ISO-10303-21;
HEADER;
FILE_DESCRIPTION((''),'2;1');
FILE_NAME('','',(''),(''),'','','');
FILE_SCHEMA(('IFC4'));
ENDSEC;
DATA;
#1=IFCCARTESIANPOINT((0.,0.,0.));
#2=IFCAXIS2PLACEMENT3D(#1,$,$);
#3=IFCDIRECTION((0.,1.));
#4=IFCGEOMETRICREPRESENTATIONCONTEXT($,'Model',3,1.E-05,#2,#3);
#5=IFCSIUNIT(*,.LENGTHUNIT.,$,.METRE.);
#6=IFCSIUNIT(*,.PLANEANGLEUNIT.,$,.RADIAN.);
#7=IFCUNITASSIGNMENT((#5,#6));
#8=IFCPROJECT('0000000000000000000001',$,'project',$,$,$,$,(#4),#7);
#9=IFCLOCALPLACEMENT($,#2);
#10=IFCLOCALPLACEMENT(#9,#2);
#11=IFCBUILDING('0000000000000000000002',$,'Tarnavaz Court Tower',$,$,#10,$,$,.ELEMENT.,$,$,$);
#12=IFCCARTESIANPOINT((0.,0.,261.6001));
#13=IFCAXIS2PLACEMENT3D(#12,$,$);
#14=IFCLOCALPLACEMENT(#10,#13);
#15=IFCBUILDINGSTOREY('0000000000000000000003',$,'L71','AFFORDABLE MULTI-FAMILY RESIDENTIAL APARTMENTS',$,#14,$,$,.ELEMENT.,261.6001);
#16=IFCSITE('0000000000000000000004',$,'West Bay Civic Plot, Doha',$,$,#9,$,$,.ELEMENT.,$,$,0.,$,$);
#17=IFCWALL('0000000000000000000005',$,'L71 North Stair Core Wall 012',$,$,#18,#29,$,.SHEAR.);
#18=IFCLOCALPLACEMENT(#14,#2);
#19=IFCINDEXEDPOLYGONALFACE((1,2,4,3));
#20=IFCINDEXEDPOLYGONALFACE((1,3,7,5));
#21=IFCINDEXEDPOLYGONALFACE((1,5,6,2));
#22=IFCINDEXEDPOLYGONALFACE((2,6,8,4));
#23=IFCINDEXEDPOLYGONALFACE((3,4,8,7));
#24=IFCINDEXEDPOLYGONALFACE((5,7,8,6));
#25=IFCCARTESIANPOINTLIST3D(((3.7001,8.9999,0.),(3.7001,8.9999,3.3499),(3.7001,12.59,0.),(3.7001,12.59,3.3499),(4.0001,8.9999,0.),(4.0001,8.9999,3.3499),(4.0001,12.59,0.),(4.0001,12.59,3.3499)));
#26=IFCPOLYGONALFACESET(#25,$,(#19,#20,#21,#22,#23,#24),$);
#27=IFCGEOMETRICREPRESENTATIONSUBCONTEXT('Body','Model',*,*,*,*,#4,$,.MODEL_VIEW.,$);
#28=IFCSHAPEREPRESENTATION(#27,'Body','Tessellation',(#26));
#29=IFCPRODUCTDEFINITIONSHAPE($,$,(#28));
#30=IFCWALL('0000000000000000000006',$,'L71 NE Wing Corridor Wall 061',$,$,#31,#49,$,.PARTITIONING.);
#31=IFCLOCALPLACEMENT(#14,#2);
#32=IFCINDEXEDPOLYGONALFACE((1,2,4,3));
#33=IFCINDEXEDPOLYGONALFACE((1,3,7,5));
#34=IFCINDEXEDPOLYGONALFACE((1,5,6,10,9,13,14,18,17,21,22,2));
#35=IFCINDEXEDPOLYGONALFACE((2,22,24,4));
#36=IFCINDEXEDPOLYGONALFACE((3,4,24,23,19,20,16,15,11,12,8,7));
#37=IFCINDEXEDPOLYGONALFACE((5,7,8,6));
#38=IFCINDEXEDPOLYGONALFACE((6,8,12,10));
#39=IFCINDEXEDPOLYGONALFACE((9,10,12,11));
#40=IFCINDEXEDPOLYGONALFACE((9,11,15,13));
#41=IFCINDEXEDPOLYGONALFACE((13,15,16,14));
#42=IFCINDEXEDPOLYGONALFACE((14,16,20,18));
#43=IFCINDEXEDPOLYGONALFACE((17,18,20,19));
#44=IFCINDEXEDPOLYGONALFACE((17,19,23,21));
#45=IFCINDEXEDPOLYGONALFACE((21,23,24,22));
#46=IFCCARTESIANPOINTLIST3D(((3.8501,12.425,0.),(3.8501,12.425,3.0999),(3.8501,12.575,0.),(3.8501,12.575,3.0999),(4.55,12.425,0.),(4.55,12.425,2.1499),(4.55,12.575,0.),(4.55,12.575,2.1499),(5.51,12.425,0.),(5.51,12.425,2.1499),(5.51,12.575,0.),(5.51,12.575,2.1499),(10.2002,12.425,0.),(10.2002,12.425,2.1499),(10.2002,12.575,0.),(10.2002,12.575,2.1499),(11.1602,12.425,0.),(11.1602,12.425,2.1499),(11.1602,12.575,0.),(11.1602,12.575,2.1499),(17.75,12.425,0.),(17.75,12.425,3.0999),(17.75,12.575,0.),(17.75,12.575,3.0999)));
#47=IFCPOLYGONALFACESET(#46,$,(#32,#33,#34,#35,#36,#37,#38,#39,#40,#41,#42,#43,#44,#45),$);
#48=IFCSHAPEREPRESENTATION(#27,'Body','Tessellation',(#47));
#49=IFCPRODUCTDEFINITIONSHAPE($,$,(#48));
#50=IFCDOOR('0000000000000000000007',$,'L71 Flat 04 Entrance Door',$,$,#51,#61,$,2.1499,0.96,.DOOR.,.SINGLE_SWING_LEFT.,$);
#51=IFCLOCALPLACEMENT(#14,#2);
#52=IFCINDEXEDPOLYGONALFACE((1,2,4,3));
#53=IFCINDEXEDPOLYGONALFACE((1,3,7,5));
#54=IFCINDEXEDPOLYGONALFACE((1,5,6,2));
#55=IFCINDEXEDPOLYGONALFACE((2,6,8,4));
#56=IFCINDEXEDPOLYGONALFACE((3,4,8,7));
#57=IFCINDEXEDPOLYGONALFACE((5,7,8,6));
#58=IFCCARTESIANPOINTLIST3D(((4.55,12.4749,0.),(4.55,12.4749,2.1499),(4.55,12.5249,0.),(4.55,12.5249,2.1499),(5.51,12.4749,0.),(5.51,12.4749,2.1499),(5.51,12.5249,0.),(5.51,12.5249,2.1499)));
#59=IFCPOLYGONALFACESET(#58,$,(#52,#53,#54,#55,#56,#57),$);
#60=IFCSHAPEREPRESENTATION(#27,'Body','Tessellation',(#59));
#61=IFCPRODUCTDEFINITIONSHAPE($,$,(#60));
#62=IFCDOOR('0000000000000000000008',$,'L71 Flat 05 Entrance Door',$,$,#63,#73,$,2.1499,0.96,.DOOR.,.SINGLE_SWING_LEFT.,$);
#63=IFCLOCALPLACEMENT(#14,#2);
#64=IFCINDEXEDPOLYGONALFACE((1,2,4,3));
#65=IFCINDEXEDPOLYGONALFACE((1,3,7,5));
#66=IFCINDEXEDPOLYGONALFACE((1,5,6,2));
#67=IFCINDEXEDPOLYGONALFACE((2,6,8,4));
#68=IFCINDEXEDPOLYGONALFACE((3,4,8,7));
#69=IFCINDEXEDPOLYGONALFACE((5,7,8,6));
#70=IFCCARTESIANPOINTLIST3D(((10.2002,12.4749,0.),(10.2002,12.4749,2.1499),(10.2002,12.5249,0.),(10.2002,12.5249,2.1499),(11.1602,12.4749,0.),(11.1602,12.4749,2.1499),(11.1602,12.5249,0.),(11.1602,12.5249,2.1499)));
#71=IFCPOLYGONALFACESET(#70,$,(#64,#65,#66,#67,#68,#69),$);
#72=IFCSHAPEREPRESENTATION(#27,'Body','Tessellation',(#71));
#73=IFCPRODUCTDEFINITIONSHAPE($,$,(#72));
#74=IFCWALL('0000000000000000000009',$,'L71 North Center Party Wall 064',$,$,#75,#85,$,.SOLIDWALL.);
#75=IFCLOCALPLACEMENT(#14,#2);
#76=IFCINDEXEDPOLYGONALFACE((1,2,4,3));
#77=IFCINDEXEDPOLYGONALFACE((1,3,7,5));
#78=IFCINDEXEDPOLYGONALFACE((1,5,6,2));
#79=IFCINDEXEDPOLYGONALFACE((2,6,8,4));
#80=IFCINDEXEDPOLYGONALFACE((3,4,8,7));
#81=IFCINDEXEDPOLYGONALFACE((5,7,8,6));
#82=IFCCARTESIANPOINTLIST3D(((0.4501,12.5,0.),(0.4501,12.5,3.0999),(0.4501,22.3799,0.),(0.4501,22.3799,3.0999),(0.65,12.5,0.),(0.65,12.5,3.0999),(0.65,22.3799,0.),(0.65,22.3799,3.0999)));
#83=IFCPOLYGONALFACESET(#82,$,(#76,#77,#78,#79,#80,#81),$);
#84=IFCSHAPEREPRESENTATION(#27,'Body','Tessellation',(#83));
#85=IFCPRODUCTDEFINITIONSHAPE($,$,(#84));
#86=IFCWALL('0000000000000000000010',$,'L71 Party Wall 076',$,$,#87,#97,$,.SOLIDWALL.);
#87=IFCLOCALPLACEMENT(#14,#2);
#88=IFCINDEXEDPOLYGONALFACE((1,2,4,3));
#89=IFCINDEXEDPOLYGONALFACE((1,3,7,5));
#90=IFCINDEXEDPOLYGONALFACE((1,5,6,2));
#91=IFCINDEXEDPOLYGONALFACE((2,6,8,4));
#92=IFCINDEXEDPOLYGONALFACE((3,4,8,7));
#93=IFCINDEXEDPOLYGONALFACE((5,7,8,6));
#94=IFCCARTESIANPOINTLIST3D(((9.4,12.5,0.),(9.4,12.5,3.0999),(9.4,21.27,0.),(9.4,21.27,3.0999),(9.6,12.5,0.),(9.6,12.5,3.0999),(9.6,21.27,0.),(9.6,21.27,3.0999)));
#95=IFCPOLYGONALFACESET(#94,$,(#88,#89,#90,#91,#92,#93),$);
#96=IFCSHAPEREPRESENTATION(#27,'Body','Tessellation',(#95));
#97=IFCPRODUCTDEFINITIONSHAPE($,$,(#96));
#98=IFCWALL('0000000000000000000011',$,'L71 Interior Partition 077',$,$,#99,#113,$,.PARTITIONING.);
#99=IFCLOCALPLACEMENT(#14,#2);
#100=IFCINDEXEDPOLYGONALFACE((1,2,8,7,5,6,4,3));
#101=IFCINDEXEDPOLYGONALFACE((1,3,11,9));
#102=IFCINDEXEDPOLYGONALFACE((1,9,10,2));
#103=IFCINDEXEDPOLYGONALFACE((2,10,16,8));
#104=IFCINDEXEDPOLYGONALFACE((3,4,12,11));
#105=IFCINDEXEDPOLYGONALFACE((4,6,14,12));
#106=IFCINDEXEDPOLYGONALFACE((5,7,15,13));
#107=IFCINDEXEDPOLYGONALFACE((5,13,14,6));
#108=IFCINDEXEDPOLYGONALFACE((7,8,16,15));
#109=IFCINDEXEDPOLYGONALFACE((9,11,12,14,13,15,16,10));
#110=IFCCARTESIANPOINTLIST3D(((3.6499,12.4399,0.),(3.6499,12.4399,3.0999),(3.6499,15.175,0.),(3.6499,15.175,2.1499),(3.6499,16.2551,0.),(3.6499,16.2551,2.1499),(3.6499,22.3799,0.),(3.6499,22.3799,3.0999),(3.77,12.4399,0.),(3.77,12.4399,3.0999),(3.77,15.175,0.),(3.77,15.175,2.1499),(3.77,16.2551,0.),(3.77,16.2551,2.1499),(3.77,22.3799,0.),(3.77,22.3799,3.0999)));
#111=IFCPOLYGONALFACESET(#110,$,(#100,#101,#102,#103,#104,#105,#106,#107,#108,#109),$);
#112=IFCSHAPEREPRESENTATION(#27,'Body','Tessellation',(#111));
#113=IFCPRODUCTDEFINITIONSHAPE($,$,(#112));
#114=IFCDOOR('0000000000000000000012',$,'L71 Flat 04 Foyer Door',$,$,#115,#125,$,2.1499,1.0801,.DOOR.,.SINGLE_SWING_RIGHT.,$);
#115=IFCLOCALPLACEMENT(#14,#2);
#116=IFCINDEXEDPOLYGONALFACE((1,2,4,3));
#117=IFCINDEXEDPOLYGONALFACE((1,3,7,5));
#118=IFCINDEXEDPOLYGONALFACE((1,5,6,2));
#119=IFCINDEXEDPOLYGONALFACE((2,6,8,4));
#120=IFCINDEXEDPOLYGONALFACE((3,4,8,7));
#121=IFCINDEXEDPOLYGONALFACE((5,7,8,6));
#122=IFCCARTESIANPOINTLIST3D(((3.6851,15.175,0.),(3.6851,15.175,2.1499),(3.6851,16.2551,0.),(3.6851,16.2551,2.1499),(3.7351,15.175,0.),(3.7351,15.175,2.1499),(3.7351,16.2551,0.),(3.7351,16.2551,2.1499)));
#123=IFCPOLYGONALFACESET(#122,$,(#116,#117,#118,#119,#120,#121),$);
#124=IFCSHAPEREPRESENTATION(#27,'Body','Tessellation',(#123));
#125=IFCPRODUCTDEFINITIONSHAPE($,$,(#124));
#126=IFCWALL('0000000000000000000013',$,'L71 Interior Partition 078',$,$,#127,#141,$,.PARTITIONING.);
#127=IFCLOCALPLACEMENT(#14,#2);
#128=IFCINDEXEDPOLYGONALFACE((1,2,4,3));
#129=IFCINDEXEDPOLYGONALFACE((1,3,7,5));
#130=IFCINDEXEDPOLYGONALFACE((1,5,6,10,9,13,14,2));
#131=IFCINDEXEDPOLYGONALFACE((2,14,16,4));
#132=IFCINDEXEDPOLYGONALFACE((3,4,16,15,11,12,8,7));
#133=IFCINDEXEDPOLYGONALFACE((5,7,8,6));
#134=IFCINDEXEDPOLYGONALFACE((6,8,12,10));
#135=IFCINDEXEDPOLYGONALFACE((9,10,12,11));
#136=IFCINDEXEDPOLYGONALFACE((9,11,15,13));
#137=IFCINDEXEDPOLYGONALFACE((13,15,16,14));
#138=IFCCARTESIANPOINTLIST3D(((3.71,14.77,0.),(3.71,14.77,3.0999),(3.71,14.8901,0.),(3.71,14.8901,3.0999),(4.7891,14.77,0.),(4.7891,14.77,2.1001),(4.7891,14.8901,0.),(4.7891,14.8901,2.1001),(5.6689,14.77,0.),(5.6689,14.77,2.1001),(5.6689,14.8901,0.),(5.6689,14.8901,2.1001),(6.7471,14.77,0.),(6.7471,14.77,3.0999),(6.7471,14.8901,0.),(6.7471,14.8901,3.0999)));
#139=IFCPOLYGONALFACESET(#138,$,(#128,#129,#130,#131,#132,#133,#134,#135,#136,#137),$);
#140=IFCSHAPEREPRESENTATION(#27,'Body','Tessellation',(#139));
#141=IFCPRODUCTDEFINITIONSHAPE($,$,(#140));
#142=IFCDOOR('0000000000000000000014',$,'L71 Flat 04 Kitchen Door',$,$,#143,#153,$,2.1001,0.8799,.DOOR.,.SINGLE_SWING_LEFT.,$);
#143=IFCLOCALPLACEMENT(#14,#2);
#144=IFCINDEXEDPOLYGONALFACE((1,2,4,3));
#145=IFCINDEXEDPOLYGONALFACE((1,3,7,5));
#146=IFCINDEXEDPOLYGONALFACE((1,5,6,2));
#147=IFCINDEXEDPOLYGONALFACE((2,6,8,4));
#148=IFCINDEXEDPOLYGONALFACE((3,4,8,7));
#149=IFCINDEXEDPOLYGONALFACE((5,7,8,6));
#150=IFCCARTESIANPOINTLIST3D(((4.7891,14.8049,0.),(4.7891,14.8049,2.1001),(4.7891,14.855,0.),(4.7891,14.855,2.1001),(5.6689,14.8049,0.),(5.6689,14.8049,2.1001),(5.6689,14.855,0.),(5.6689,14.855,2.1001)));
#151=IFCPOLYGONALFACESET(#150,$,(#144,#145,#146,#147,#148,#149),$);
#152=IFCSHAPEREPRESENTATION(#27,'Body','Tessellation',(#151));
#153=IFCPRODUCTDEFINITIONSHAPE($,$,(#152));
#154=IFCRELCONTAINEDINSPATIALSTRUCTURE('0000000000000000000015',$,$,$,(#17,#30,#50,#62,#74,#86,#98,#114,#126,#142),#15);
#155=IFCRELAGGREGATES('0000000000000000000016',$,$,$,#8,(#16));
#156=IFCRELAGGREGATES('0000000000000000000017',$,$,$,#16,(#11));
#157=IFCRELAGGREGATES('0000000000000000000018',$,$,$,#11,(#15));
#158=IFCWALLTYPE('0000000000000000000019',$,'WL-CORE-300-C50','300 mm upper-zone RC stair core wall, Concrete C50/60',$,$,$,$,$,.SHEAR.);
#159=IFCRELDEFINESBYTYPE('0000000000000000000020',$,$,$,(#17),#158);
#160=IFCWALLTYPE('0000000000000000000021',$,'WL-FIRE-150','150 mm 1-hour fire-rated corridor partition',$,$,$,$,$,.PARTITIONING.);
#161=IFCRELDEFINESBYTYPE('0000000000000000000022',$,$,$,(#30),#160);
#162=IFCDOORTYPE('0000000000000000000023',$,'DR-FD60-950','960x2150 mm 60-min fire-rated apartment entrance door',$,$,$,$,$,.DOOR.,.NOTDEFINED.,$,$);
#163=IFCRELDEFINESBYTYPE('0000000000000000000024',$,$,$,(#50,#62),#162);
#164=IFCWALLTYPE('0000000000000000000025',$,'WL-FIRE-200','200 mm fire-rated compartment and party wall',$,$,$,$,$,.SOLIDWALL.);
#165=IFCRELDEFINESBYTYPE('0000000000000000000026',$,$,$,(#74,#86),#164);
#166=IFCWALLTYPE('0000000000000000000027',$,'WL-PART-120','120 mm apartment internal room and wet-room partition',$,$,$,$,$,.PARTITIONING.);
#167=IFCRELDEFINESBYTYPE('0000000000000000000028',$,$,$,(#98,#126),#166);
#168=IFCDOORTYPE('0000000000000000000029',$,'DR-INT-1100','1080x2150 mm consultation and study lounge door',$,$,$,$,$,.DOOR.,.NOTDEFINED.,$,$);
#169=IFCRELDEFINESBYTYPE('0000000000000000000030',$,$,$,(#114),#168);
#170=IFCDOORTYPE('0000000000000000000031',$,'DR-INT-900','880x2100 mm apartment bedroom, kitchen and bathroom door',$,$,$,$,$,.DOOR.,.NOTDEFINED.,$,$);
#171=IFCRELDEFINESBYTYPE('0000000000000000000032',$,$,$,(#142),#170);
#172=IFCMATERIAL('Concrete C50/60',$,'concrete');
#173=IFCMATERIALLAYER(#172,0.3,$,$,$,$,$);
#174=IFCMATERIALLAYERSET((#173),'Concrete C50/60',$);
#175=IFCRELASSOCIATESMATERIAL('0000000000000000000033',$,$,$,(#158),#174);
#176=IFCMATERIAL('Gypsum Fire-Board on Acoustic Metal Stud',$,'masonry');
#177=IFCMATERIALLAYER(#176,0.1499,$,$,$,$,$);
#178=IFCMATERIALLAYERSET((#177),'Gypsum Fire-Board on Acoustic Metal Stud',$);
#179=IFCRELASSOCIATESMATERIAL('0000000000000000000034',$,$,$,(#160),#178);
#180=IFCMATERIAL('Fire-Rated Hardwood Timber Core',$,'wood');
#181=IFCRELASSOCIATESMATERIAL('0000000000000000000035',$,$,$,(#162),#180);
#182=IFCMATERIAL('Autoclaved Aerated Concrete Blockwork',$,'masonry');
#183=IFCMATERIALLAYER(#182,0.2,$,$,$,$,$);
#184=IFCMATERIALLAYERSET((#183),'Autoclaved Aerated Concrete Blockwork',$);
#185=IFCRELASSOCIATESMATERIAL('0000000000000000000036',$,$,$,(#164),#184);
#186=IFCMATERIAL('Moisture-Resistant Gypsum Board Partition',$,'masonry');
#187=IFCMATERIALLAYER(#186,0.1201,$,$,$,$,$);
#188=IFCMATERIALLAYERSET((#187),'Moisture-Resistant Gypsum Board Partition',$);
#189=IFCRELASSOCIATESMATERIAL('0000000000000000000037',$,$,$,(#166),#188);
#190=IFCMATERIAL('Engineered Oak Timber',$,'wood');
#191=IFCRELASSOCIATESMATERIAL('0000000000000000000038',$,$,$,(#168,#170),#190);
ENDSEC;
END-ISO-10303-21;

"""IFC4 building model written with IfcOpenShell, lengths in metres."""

from ifc_helpers import new_model, si_unit, direction, frame, frame_2d, origin, place, context, subcontext, project, spatial, rectangle, extrude, material, layer, layer_set, type_object, element, fill, save


model = new_model("IFC4")

# Units and contexts
model_context = context("Model", 3, precision=1e-05, world=origin(), true_north=direction((0.0, 1.0)))
body_context = subcontext(model_context, "Body", "Model", "MODEL_VIEW")
ifc_project = project(units=[si_unit("LENGTHUNIT", "METRE"), si_unit("PLANEANGLEUNIT", "RADIAN")], contexts=[model_context])

# Site, building, storey
site_placement = place(None, origin())
site = spatial("IfcSite", under=ifc_project, at=site_placement, Name="West Bay Civic Plot, Doha", CompositionType="ELEMENT", RefElevation=0.0)
building_placement = place(site_placement, origin())
building = spatial("IfcBuilding", under=site, at=building_placement, Name="Tarnavaz Court Tower", CompositionType="ELEMENT")
storey_placement = place(building_placement, frame((0.0, 0.0, 261.6001)))
storey = spatial("IfcBuildingStorey", under=building, at=storey_placement, Name="L71", Description="AFFORDABLE MULTI-FAMILY RESIDENTIAL APARTMENTS", CompositionType="ELEMENT", Elevation=261.6001)

# Shared definitions
ifc_material_1 = material(Name="Concrete C50/60", Category="concrete")

# Shared definitions
ifc_layer_1 = layer(ifc_material_1, 0.3)
ifc_layer_set_1 = layer_set([ifc_layer_1], Name="Concrete C50/60")
wall_type_1 = type_object("IfcWallType", Name="WL-CORE-300-C50", Description="300 mm upper-zone RC stair core wall, Concrete C50/60", PredefinedType="SHEAR", material=ifc_layer_set_1)

# Shared definitions
ifc_material_2 = material(Name="Fire-Rated Hardwood Timber Core", Category="wood")

# Wall
wall_1_placement = place(storey_placement, frame((3.8501, 9.0, 0.0), z_axis=(0.0, 0.0, 1.0), x_axis=(0.0, 1.0, 0.0)))
element("IfcWall", 1, at=wall_1_placement, inside=storey, type_object=wall_type_1, Name="L71 North Stair Core Wall 012", PredefinedType="SHEAR", context=body_context, shape_type="SweptSolid", body=[
    extrude(rectangle(XDim=3.5901, YDim=0.3, at=frame_2d((1.7949, 0.0))), origin(), (0.0, 0.0, 1.0), 3.3499),
])

# Wall, openings, doors
ifc_material_3 = material(Name="Gypsum Fire-Board on Acoustic Metal Stud", Category="masonry")
ifc_layer_2 = layer(ifc_material_3, 0.1499)
ifc_layer_set_2 = layer_set([ifc_layer_2], Name="Gypsum Fire-Board on Acoustic Metal Stud")
wall_type_2 = type_object("IfcWallType", Name="WL-FIRE-150", Description="150 mm 1-hour fire-rated corridor partition", PredefinedType="PARTITIONING", material=ifc_layer_set_2)
wall_2_placement = place(storey_placement, frame((3.8501, 12.5, 0.0), z_axis=(0.0, 0.0, 1.0), x_axis=(1.0, 0.0, 0.0)))
wall_2 = element("IfcWall", 2, at=wall_2_placement, inside=storey, type_object=wall_type_2, Name="L71 NE Wing Corridor Wall 061", PredefinedType="PARTITIONING", context=body_context, shape_type="SweptSolid", body=[
    extrude(rectangle(XDim=13.8999, YDim=0.1499, at=frame_2d((6.95, 0.0))), origin(), (0.0, 0.0, 1.0), 3.0999),
])
opening_1_placement = place(wall_2_placement, frame((0.7, 0.0, 0.0)))
opening_1 = element("IfcOpeningElement", 3, at=opening_1_placement, cuts=wall_2, PredefinedType="OPENING", context=body_context, shape_type="SweptSolid", body=[
    extrude(rectangle(XDim=0.96, YDim=2.1499, at=frame_2d((0.48, 1.075))), frame((0.0, 0.085, 0.0), z_axis=(0.0, -1.0, 0.0), x_axis=(1.0, 0.0, 0.0)), (0.0, 0.0, 1.0), 0.1699),
])
opening_2_placement = place(wall_2_placement, frame((6.3501, 0.0, 0.0)))
opening_2 = element("IfcOpeningElement", 4, at=opening_2_placement, cuts=wall_2, PredefinedType="OPENING", context=body_context, shape_type="SweptSolid", body=[
    extrude(rectangle(XDim=0.96, YDim=2.1499, at=frame_2d((0.48, 1.075))), frame((0.0, 0.085, 0.0), z_axis=(0.0, -1.0, 0.0), x_axis=(1.0, 0.0, 0.0)), (0.0, 0.0, 1.0), 0.1699),
])
door_type_1 = type_object("IfcDoorType", Name="DR-FD60-950", Description="960x2150 mm 60-min fire-rated apartment entrance door", OperationType="NOTDEFINED", PredefinedType="DOOR", material=ifc_material_2)
door_1_placement = place(opening_1_placement, origin())
door_1 = element("IfcDoor", 5, at=door_1_placement, inside=storey, type_object=door_type_1, Name="L71 Flat 04 Entrance Door", OperationType="SINGLE_SWING_LEFT", OverallHeight=2.1499, OverallWidth=0.96, PredefinedType="DOOR", context=body_context, shape_type="SweptSolid", body=[
    extrude(rectangle(XDim=0.96, YDim=2.1499, at=frame_2d((0.48, 1.075))), frame((0.0, 0.0249, 0.0), z_axis=(0.0, -1.0, 0.0), x_axis=(1.0, 0.0, 0.0)), (0.0, 0.0, 1.0), 0.05),
])
fill(opening_1, door_1)
door_2_placement = place(opening_2_placement, origin())
door_2 = element("IfcDoor", 6, at=door_2_placement, inside=storey, type_object=door_type_1, Name="L71 Flat 05 Entrance Door", OperationType="SINGLE_SWING_LEFT", OverallHeight=2.1499, OverallWidth=0.96, PredefinedType="DOOR", context=body_context, shape_type="SweptSolid", body=[
    extrude(rectangle(XDim=0.96, YDim=2.1499, at=frame_2d((0.48, 1.075))), frame((0.0, 0.0249, 0.0), z_axis=(0.0, -1.0, 0.0), x_axis=(1.0, 0.0, 0.0)), (0.0, 0.0, 1.0), 0.05),
])
fill(opening_2, door_2)

# Walls
ifc_material_4 = material(Name="Autoclaved Aerated Concrete Blockwork", Category="masonry")
ifc_layer_3 = layer(ifc_material_4, 0.2)
ifc_layer_set_3 = layer_set([ifc_layer_3], Name="Autoclaved Aerated Concrete Blockwork")
wall_type_3 = type_object("IfcWallType", Name="WL-FIRE-200", Description="200 mm fire-rated compartment and party wall", PredefinedType="SOLIDWALL", material=ifc_layer_set_3)
wall_3_placement = place(storey_placement, frame((0.55, 12.5, 0.0), z_axis=(0.0, 0.0, 1.0), x_axis=(0.0, 1.0, 0.0)))
element("IfcWall", 7, at=wall_3_placement, inside=storey, type_object=wall_type_3, Name="L71 North Center Party Wall 064", PredefinedType="SOLIDWALL", context=body_context, shape_type="SweptSolid", body=[
    extrude(rectangle(XDim=9.8799, YDim=0.2, at=frame_2d((4.9399, 0.0))), origin(), (0.0, 0.0, 1.0), 3.0999),
])
wall_4_placement = place(storey_placement, frame((9.5, 12.5, 0.0), z_axis=(0.0, 0.0, 1.0), x_axis=(0.0, 1.0, 0.0)))
element("IfcWall", 8, at=wall_4_placement, inside=storey, type_object=wall_type_3, Name="L71 Party Wall 076", PredefinedType="SOLIDWALL", context=body_context, shape_type="SweptSolid", body=[
    extrude(rectangle(XDim=8.77, YDim=0.2, at=frame_2d((4.385, 0.0))), origin(), (0.0, 0.0, 1.0), 3.0999),
])

# Walls, openings, doors
ifc_material_5 = material(Name="Moisture-Resistant Gypsum Board Partition", Category="masonry")
ifc_layer_4 = layer(ifc_material_5, 0.1201)
ifc_layer_set_4 = layer_set([ifc_layer_4], Name="Moisture-Resistant Gypsum Board Partition")
wall_type_4 = type_object("IfcWallType", Name="WL-PART-120", Description="120 mm apartment internal room and wet-room partition", PredefinedType="PARTITIONING", material=ifc_layer_set_4)
wall_5_placement = place(storey_placement, frame((3.71, 12.4399, 0.0), z_axis=(0.0, 0.0, 1.0), x_axis=(0.0, 1.0, 0.0)))
wall_5 = element("IfcWall", 9, at=wall_5_placement, inside=storey, type_object=wall_type_4, Name="L71 Interior Partition 077", PredefinedType="PARTITIONING", context=body_context, shape_type="SweptSolid", body=[
    extrude(rectangle(XDim=9.9399, YDim=0.1201, at=frame_2d((4.97, 0.0))), origin(), (0.0, 0.0, 1.0), 3.0999),
])
opening_3_placement = place(wall_5_placement, frame((2.7351, 0.0, 0.0)))
opening_3 = element("IfcOpeningElement", 10, at=opening_3_placement, cuts=wall_5, PredefinedType="OPENING", context=body_context, shape_type="SweptSolid", body=[
    extrude(rectangle(XDim=1.0801, YDim=2.1499, at=frame_2d((0.54, 1.075))), frame((0.0, 0.0701, 0.0), z_axis=(0.0, -1.0, 0.0), x_axis=(1.0, 0.0, 0.0)), (0.0, 0.0, 1.0), 0.1401),
])
ifc_material_6 = material(Name="Engineered Oak Timber", Category="wood")
door_type_2 = type_object("IfcDoorType", Name="DR-INT-1100", Description="1080x2150 mm consultation and study lounge door", OperationType="NOTDEFINED", PredefinedType="DOOR", material=ifc_material_6)
door_3_placement = place(opening_3_placement, origin())
door_3 = element("IfcDoor", 11, at=door_3_placement, inside=storey, type_object=door_type_2, Name="L71 Flat 04 Foyer Door", OperationType="SINGLE_SWING_RIGHT", OverallHeight=2.1499, OverallWidth=1.0801, PredefinedType="DOOR", context=body_context, shape_type="SweptSolid", body=[
    extrude(rectangle(XDim=1.0801, YDim=2.1499, at=frame_2d((0.54, 1.075))), frame((0.0, 0.0249, 0.0), z_axis=(0.0, -1.0, 0.0), x_axis=(1.0, 0.0, 0.0)), (0.0, 0.0, 1.0), 0.05),
])
fill(opening_3, door_3)
wall_6_placement = place(storey_placement, frame((3.71, 14.8301, 0.0), z_axis=(0.0, 0.0, 1.0), x_axis=(1.0, 0.0, 0.0)))
wall_6 = element("IfcWall", 12, at=wall_6_placement, inside=storey, type_object=wall_type_4, Name="L71 Interior Partition 078", PredefinedType="PARTITIONING", context=body_context, shape_type="SweptSolid", body=[
    extrude(rectangle(XDim=3.0371, YDim=0.1201, at=frame_2d((1.5186, 0.0))), origin(), (0.0, 0.0, 1.0), 3.0999),
])
opening_4_placement = place(wall_6_placement, frame((1.0791, 0.0, 0.0)))
opening_4 = element("IfcOpeningElement", 13, at=opening_4_placement, cuts=wall_6, PredefinedType="OPENING", context=body_context, shape_type="SweptSolid", body=[
    extrude(rectangle(XDim=0.8799, YDim=2.1001, at=frame_2d((0.4399, 1.05))), frame((0.0, 0.0701, 0.0), z_axis=(0.0, -1.0, 0.0), x_axis=(1.0, 0.0, 0.0)), (0.0, 0.0, 1.0), 0.1401),
])
door_type_3 = type_object("IfcDoorType", Name="DR-INT-900", Description="880x2100 mm apartment bedroom, kitchen and bathroom door", OperationType="NOTDEFINED", PredefinedType="DOOR", material=ifc_material_6)
door_4_placement = place(opening_4_placement, origin())
door_4 = element("IfcDoor", 14, at=door_4_placement, inside=storey, type_object=door_type_3, Name="L71 Flat 04 Kitchen Door", OperationType="SINGLE_SWING_LEFT", OverallHeight=2.1001, OverallWidth=0.8799, PredefinedType="DOOR", context=body_context, shape_type="SweptSolid", body=[
    extrude(rectangle(XDim=0.8799, YDim=2.1001, at=frame_2d((0.4399, 1.05))), frame((0.0, 0.0249, 0.0), z_axis=(0.0, -1.0, 0.0), x_axis=(1.0, 0.0, 0.0)), (0.0, 0.0, 1.0), 0.05),
])
fill(opening_4, door_4)

save(model, "model.ifc")
